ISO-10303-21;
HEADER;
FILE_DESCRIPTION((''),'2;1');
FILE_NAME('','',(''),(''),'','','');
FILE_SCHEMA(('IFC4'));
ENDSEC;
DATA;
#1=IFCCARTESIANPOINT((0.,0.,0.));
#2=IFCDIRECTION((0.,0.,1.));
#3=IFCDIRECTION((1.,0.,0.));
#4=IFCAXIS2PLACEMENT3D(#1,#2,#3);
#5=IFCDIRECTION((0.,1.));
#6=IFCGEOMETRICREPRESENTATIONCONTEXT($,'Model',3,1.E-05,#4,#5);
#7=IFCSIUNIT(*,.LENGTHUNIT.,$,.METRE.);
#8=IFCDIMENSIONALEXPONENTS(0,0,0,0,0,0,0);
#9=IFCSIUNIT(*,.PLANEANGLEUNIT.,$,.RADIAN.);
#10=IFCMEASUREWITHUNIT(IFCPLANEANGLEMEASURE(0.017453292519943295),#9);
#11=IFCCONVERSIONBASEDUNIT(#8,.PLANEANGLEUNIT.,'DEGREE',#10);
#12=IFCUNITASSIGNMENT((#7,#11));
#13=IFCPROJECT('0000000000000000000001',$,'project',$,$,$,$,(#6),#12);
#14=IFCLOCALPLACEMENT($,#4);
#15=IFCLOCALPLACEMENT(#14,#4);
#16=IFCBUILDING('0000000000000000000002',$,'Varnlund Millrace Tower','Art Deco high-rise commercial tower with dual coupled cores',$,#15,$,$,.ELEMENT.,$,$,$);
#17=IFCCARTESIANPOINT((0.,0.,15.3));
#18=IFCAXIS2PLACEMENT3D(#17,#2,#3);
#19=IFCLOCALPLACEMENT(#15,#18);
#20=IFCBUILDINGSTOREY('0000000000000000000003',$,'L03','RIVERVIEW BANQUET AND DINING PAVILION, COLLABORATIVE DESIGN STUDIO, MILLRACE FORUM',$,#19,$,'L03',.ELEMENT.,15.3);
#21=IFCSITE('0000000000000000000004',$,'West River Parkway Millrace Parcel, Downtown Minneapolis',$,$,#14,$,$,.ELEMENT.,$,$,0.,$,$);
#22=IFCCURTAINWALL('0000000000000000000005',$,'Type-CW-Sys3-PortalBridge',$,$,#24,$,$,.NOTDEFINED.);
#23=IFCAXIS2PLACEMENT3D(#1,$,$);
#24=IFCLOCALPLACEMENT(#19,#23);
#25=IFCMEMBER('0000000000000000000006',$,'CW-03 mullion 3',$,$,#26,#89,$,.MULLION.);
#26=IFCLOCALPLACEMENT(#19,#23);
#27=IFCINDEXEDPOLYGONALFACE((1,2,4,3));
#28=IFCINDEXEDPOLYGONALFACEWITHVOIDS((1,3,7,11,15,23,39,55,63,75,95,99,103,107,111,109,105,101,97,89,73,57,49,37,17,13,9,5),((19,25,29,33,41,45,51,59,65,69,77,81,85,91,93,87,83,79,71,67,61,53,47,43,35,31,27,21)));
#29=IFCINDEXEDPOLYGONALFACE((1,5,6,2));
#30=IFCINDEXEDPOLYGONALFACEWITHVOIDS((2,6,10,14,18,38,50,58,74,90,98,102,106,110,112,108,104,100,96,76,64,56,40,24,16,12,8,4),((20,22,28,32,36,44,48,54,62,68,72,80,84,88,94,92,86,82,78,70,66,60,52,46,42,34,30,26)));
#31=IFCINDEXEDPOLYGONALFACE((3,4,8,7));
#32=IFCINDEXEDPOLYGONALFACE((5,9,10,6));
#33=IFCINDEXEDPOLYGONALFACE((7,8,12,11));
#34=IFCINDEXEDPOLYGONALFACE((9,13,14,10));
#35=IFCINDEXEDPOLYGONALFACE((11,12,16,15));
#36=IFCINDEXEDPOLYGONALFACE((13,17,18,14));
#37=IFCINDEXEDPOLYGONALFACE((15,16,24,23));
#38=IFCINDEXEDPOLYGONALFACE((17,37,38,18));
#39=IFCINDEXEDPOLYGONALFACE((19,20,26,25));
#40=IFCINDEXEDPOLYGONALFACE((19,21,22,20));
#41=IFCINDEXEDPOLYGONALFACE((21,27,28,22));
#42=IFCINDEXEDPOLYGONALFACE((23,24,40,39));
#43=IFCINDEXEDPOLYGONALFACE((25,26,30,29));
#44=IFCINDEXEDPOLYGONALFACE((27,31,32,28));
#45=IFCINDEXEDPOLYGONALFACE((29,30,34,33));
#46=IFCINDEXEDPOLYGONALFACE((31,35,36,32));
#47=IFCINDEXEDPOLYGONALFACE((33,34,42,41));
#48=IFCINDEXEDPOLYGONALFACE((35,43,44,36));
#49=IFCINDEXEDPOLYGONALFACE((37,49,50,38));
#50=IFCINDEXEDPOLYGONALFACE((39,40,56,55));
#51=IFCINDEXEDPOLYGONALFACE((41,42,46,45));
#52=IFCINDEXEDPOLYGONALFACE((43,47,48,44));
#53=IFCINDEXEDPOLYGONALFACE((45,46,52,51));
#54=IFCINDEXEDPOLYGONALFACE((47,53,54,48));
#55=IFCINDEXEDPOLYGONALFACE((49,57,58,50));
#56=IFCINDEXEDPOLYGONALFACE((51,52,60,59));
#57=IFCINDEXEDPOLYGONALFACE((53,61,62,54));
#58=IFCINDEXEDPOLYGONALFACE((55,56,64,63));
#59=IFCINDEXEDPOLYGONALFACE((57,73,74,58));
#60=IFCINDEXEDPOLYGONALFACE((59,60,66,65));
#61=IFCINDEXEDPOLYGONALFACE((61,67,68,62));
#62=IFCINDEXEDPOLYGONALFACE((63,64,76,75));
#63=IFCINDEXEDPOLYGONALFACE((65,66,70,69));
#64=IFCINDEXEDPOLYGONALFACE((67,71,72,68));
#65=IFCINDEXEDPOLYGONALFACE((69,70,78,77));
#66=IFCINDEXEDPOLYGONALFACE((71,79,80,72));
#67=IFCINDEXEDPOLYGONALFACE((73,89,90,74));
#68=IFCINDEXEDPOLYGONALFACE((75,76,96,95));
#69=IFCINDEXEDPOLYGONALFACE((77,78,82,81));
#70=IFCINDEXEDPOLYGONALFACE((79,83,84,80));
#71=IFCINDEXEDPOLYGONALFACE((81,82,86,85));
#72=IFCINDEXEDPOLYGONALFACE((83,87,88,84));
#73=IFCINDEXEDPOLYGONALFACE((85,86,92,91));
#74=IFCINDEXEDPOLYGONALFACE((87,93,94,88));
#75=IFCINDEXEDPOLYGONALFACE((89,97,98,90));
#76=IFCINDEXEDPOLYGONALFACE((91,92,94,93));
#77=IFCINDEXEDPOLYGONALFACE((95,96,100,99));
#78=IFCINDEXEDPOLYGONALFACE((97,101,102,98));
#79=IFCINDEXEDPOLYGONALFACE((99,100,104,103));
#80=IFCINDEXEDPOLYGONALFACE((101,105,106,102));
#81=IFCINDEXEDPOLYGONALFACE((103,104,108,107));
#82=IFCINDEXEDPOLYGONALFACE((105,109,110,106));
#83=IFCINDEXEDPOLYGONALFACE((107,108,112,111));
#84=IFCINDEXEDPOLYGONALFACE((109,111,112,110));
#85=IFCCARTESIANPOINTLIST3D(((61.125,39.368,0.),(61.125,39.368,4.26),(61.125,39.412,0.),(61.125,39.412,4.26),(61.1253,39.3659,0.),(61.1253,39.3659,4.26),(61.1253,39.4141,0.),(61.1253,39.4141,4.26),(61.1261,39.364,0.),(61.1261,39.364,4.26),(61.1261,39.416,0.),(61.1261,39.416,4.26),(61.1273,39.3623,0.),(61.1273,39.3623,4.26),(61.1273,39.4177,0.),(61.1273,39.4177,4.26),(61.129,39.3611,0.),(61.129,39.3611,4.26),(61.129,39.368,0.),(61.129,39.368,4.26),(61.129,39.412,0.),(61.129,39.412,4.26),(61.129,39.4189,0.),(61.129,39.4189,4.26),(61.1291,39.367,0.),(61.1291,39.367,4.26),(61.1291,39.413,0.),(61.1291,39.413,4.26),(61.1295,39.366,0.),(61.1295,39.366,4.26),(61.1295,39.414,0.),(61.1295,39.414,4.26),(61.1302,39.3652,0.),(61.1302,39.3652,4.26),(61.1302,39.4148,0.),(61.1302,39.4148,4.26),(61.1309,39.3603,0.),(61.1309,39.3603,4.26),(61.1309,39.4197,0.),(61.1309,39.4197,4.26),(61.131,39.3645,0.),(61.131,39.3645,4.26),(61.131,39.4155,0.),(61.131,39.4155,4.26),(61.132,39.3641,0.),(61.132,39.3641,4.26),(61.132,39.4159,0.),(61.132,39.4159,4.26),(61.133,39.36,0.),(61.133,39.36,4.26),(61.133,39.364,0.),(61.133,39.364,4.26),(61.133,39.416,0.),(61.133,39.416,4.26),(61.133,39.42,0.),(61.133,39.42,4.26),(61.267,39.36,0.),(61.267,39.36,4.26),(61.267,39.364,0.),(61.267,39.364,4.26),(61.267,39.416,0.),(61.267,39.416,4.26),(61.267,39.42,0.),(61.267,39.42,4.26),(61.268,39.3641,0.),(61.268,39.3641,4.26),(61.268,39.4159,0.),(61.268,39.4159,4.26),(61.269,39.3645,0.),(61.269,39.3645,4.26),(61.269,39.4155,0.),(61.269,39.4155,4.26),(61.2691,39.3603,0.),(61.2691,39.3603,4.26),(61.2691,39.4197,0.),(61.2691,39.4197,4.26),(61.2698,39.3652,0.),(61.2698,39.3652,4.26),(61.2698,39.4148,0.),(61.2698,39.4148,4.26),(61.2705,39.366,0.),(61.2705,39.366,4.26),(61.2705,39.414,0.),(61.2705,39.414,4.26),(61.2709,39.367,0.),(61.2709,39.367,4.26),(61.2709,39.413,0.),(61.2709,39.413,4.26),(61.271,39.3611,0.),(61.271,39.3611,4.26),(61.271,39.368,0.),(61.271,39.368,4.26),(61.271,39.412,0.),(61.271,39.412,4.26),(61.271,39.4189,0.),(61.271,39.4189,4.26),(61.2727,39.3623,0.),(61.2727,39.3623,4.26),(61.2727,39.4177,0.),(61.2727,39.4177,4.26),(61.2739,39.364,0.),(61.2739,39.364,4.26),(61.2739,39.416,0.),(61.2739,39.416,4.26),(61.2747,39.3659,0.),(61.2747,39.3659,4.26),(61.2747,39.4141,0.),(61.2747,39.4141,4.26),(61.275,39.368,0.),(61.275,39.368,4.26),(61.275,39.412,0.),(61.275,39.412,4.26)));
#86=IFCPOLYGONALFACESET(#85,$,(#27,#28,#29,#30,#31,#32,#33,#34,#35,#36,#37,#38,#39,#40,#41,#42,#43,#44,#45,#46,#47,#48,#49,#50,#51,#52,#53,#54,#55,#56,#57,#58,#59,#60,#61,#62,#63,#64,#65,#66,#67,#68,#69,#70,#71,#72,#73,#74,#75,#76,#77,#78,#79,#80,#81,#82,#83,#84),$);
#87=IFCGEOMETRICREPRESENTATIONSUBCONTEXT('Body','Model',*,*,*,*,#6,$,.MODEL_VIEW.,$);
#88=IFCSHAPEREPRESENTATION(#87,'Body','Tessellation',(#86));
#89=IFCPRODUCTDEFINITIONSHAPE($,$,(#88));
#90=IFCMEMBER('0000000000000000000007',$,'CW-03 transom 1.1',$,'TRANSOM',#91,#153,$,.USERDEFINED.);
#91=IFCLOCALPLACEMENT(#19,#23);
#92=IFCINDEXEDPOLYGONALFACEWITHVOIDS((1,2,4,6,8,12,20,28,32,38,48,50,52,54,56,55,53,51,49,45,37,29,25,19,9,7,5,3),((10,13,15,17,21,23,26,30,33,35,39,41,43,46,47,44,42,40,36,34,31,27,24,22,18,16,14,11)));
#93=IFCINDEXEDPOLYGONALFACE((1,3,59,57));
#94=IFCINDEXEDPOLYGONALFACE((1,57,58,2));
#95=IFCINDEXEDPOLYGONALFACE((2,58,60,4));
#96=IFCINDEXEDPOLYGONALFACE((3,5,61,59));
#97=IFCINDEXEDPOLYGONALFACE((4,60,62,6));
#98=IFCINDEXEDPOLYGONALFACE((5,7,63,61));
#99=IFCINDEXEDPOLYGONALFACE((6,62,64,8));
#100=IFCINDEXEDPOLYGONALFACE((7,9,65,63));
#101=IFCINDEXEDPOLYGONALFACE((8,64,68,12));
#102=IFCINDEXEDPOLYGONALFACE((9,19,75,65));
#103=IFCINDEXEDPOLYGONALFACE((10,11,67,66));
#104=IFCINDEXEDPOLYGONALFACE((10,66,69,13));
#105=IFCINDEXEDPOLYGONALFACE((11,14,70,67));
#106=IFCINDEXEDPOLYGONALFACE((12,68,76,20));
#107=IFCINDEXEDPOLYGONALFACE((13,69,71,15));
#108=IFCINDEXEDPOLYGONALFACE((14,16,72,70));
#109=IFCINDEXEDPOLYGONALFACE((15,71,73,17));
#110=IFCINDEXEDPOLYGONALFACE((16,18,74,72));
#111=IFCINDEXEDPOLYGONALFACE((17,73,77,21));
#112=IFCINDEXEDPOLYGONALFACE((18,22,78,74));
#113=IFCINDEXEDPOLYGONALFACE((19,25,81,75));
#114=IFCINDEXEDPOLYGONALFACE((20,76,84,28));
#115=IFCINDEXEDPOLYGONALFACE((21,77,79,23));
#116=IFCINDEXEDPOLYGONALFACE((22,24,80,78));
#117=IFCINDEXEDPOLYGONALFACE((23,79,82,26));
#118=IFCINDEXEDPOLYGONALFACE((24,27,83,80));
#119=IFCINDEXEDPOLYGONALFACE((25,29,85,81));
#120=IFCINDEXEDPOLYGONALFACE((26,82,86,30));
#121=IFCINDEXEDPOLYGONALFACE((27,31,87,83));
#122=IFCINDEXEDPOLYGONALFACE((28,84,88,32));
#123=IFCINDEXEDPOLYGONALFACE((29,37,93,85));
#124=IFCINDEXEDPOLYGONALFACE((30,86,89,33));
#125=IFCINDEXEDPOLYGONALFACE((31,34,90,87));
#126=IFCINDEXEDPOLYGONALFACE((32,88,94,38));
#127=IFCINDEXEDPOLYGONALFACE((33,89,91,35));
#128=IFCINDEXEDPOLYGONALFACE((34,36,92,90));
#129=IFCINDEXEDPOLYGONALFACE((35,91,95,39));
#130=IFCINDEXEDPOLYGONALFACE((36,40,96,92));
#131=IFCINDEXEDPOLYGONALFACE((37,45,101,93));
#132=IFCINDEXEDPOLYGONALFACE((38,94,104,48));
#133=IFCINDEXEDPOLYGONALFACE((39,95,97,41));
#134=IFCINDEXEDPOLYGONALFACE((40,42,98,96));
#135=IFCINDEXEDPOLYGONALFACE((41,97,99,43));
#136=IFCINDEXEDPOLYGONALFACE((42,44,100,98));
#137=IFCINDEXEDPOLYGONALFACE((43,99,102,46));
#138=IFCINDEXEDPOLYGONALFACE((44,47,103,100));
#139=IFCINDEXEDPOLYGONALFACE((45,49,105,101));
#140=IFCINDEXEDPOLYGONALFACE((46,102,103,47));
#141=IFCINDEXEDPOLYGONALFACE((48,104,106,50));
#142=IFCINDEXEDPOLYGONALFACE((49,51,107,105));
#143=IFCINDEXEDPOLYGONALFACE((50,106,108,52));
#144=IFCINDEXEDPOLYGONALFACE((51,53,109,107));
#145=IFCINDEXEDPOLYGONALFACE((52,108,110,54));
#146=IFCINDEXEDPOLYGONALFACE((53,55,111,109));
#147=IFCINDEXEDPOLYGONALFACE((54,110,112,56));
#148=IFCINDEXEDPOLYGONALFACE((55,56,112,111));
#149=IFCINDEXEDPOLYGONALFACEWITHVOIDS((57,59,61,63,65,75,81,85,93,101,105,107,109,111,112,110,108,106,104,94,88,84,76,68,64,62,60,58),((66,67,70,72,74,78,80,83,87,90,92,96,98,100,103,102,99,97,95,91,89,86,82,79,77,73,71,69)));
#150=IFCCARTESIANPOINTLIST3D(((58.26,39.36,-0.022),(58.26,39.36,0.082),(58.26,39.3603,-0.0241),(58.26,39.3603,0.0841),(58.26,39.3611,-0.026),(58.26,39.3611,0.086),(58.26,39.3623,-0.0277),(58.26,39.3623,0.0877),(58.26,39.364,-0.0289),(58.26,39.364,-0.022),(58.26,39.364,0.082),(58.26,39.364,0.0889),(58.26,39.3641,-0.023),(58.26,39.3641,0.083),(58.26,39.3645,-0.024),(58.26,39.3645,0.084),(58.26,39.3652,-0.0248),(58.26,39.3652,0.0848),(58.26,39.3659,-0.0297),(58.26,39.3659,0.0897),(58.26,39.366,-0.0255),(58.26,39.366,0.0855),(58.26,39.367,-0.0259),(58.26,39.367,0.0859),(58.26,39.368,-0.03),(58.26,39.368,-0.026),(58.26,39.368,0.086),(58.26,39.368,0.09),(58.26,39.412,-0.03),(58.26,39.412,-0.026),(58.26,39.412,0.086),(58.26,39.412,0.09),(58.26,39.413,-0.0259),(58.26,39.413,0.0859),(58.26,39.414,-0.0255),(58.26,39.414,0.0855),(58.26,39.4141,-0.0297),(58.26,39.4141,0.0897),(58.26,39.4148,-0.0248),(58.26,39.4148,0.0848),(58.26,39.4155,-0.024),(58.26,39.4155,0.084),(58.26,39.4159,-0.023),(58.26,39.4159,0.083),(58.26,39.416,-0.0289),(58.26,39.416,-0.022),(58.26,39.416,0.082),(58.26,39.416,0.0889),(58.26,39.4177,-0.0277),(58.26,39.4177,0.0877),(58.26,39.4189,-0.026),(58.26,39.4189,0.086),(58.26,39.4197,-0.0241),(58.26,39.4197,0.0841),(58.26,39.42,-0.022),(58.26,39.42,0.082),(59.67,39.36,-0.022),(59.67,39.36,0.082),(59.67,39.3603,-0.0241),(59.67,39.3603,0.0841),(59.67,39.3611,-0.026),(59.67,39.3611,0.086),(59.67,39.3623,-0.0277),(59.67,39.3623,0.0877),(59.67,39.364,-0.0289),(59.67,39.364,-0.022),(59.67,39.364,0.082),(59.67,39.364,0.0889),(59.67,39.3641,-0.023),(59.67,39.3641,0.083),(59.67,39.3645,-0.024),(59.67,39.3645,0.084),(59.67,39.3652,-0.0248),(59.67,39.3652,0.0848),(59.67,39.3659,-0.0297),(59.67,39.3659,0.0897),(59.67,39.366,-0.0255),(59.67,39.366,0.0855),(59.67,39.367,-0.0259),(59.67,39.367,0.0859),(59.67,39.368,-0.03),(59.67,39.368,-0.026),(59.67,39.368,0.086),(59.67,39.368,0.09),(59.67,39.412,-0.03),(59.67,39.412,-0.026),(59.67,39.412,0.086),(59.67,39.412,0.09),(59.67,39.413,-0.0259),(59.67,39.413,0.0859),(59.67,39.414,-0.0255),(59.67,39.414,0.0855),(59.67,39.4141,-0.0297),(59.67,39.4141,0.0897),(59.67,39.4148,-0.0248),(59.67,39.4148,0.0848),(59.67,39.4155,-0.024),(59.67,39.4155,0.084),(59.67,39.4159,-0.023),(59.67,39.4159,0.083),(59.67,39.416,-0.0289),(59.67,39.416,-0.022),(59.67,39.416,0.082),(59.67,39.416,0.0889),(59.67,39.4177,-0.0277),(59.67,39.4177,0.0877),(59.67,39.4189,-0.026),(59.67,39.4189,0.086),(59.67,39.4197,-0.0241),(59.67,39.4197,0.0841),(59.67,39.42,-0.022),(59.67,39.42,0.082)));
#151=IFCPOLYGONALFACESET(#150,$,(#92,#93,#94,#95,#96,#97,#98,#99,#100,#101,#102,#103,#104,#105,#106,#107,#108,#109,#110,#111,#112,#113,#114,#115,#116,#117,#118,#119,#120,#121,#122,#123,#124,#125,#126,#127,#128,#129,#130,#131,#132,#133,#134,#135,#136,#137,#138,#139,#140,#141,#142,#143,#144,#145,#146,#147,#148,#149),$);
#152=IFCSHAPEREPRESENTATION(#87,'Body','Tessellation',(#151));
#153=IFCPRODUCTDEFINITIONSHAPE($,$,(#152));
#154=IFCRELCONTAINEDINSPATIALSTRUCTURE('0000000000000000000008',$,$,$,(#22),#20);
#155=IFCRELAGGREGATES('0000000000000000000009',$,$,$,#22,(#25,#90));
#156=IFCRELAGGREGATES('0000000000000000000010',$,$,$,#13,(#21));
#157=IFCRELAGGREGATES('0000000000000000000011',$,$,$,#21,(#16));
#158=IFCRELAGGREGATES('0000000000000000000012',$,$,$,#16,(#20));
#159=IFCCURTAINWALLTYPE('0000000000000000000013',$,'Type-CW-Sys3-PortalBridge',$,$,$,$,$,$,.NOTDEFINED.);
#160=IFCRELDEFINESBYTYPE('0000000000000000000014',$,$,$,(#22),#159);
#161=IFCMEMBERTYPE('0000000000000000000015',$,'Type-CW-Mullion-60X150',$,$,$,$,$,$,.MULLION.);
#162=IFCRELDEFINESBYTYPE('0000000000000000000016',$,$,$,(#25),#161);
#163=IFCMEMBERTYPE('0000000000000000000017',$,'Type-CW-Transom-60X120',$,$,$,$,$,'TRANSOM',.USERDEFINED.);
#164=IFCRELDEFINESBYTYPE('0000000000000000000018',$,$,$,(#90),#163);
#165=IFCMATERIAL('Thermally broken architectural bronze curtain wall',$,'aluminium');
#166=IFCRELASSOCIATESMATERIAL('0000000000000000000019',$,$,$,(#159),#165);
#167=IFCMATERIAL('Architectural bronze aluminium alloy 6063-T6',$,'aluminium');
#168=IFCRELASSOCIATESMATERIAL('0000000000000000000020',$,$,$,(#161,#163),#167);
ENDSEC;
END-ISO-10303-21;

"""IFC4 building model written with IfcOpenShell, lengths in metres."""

from ifc_helpers import new_model, entity, si_unit, converted_unit, direction, frame, origin_with_axes, origin_2d_with_axis, place, context, subcontext, project, spatial, hollow_rectangle, extrude, material, material_profile, profile_set, type_object, element, aggregate, save


model = new_model("IFC4")

# Units and contexts
model_context = context("Model", 3, precision=1e-05, world=origin_with_axes(), true_north=direction((0.0, 1.0)))
body_context = subcontext(model_context, "Body", "Model", "MODEL_VIEW")
ifc_project = project(units=[si_unit("LENGTHUNIT", "METRE"), converted_unit("PLANEANGLEUNIT", "DEGREE", entity("IfcPlaneAngleMeasure", 0.017453292519943295), si_unit("PLANEANGLEUNIT", "RADIAN"), dimensions=[0, 0, 0, 0, 0, 0, 0])], contexts=[model_context])

# Site, building, storey
site_placement = place(None, origin_with_axes())
site = spatial("IfcSite", under=ifc_project, at=site_placement, Name="West River Parkway Millrace Parcel, Downtown Minneapolis", CompositionType="ELEMENT", RefElevation=0.0)
building_placement = place(site_placement, origin_with_axes())
building = spatial("IfcBuilding", under=site, at=building_placement, Name="Varnlund Millrace Tower", Description="Art Deco high-rise commercial tower with dual coupled cores", CompositionType="ELEMENT")
storey_placement = place(building_placement, frame((0.0, 0.0, 15.3), z_axis=(0.0, 0.0, 1.0), x_axis=(1.0, 0.0, 0.0)))
storey = spatial("IfcBuildingStorey", under=building, at=storey_placement, Name="L03", Description="RIVERVIEW BANQUET AND DINING PAVILION, COLLABORATIVE DESIGN STUDIO, MILLRACE FORUM", LongName="L03", CompositionType="ELEMENT", Elevation=15.3)

# Curtain wall, members
ifc_material_1 = material(Name="Thermally broken architectural bronze curtain wall", Category="aluminium")
curtain_wall_type = type_object("IfcCurtainWallType", Name="Type-CW-Sys3-PortalBridge", PredefinedType="NOTDEFINED", material=ifc_material_1)
curtain_wall_placement = place(storey_placement, frame((58.2, 39.39, 0.0), z_axis=(0.0, 0.0, 1.0), x_axis=(1.0, 0.0, 0.0)))
curtain_wall = element("IfcCurtainWall", 1, at=curtain_wall_placement, inside=storey, type_object=curtain_wall_type, Name="Type-CW-Sys3-PortalBridge", PredefinedType="NOTDEFINED")
ifc_material_2 = material(Name="Architectural bronze aluminium alloy 6063-T6", Category="aluminium")
ifc_material_profile_1 = material_profile(ifc_material_2, hollow_rectangle(XDim=0.06, YDim=0.15, WallThickness=0.004, InnerFilletRadius=0.004, OuterFilletRadius=0.008, at=origin_2d_with_axis()), Name="Architectural bronze aluminium alloy 6063-T6")
ifc_profile_set_1 = profile_set([ifc_material_profile_1], Name="Architectural bronze aluminium alloy 6063-T6")
member_type_1 = type_object("IfcMemberType", Name="Type-CW-Mullion-60X150", PredefinedType="MULLION", material=ifc_profile_set_1)
member_1_placement = place(storey_placement, frame((61.2, 39.39, 0.0), z_axis=(0.0, 0.0, 1.0), x_axis=(0.0, 1.0, 0.0)))
member_1 = element("IfcMember", 2, at=member_1_placement, type_object=member_type_1, Name="CW-03 mullion 3", PredefinedType="MULLION", context=body_context, shape_type="SweptSolid", body=[
    extrude(hollow_rectangle(XDim=0.06, YDim=0.15, WallThickness=0.004, InnerFilletRadius=0.004, OuterFilletRadius=0.008, at=origin_2d_with_axis()), origin_with_axes(), (0.0, 0.0, 1.0), 4.26),
])
ifc_material_profile_2 = material_profile(ifc_material_2, hollow_rectangle(XDim=0.06, YDim=0.12, WallThickness=0.004, InnerFilletRadius=0.004, OuterFilletRadius=0.008, at=origin_2d_with_axis()), Name="Architectural bronze aluminium alloy 6063-T6")
ifc_profile_set_2 = profile_set([ifc_material_profile_2], Name="Architectural bronze aluminium alloy 6063-T6")
member_type_2 = type_object("IfcMemberType", Name="Type-CW-Transom-60X120", ElementType="TRANSOM", PredefinedType="USERDEFINED", material=ifc_profile_set_2)
member_2_placement = place(storey_placement, frame((58.26, 39.39, 0.03), z_axis=(1.0, 0.0, 0.0), x_axis=(0.0, 1.0, 0.0)))
member_2 = element("IfcMember", 3, at=member_2_placement, type_object=member_type_2, Name="CW-03 transom 1.1", ObjectType="TRANSOM", PredefinedType="USERDEFINED", context=body_context, shape_type="SweptSolid", body=[
    extrude(hollow_rectangle(XDim=0.06, YDim=0.12, WallThickness=0.004, InnerFilletRadius=0.004, OuterFilletRadius=0.008, at=origin_2d_with_axis()), origin_with_axes(), (0.0, 0.0, 1.0), 1.41),
])

aggregate(curtain_wall, [member_1, member_2])

save(model, "model.ifc")
